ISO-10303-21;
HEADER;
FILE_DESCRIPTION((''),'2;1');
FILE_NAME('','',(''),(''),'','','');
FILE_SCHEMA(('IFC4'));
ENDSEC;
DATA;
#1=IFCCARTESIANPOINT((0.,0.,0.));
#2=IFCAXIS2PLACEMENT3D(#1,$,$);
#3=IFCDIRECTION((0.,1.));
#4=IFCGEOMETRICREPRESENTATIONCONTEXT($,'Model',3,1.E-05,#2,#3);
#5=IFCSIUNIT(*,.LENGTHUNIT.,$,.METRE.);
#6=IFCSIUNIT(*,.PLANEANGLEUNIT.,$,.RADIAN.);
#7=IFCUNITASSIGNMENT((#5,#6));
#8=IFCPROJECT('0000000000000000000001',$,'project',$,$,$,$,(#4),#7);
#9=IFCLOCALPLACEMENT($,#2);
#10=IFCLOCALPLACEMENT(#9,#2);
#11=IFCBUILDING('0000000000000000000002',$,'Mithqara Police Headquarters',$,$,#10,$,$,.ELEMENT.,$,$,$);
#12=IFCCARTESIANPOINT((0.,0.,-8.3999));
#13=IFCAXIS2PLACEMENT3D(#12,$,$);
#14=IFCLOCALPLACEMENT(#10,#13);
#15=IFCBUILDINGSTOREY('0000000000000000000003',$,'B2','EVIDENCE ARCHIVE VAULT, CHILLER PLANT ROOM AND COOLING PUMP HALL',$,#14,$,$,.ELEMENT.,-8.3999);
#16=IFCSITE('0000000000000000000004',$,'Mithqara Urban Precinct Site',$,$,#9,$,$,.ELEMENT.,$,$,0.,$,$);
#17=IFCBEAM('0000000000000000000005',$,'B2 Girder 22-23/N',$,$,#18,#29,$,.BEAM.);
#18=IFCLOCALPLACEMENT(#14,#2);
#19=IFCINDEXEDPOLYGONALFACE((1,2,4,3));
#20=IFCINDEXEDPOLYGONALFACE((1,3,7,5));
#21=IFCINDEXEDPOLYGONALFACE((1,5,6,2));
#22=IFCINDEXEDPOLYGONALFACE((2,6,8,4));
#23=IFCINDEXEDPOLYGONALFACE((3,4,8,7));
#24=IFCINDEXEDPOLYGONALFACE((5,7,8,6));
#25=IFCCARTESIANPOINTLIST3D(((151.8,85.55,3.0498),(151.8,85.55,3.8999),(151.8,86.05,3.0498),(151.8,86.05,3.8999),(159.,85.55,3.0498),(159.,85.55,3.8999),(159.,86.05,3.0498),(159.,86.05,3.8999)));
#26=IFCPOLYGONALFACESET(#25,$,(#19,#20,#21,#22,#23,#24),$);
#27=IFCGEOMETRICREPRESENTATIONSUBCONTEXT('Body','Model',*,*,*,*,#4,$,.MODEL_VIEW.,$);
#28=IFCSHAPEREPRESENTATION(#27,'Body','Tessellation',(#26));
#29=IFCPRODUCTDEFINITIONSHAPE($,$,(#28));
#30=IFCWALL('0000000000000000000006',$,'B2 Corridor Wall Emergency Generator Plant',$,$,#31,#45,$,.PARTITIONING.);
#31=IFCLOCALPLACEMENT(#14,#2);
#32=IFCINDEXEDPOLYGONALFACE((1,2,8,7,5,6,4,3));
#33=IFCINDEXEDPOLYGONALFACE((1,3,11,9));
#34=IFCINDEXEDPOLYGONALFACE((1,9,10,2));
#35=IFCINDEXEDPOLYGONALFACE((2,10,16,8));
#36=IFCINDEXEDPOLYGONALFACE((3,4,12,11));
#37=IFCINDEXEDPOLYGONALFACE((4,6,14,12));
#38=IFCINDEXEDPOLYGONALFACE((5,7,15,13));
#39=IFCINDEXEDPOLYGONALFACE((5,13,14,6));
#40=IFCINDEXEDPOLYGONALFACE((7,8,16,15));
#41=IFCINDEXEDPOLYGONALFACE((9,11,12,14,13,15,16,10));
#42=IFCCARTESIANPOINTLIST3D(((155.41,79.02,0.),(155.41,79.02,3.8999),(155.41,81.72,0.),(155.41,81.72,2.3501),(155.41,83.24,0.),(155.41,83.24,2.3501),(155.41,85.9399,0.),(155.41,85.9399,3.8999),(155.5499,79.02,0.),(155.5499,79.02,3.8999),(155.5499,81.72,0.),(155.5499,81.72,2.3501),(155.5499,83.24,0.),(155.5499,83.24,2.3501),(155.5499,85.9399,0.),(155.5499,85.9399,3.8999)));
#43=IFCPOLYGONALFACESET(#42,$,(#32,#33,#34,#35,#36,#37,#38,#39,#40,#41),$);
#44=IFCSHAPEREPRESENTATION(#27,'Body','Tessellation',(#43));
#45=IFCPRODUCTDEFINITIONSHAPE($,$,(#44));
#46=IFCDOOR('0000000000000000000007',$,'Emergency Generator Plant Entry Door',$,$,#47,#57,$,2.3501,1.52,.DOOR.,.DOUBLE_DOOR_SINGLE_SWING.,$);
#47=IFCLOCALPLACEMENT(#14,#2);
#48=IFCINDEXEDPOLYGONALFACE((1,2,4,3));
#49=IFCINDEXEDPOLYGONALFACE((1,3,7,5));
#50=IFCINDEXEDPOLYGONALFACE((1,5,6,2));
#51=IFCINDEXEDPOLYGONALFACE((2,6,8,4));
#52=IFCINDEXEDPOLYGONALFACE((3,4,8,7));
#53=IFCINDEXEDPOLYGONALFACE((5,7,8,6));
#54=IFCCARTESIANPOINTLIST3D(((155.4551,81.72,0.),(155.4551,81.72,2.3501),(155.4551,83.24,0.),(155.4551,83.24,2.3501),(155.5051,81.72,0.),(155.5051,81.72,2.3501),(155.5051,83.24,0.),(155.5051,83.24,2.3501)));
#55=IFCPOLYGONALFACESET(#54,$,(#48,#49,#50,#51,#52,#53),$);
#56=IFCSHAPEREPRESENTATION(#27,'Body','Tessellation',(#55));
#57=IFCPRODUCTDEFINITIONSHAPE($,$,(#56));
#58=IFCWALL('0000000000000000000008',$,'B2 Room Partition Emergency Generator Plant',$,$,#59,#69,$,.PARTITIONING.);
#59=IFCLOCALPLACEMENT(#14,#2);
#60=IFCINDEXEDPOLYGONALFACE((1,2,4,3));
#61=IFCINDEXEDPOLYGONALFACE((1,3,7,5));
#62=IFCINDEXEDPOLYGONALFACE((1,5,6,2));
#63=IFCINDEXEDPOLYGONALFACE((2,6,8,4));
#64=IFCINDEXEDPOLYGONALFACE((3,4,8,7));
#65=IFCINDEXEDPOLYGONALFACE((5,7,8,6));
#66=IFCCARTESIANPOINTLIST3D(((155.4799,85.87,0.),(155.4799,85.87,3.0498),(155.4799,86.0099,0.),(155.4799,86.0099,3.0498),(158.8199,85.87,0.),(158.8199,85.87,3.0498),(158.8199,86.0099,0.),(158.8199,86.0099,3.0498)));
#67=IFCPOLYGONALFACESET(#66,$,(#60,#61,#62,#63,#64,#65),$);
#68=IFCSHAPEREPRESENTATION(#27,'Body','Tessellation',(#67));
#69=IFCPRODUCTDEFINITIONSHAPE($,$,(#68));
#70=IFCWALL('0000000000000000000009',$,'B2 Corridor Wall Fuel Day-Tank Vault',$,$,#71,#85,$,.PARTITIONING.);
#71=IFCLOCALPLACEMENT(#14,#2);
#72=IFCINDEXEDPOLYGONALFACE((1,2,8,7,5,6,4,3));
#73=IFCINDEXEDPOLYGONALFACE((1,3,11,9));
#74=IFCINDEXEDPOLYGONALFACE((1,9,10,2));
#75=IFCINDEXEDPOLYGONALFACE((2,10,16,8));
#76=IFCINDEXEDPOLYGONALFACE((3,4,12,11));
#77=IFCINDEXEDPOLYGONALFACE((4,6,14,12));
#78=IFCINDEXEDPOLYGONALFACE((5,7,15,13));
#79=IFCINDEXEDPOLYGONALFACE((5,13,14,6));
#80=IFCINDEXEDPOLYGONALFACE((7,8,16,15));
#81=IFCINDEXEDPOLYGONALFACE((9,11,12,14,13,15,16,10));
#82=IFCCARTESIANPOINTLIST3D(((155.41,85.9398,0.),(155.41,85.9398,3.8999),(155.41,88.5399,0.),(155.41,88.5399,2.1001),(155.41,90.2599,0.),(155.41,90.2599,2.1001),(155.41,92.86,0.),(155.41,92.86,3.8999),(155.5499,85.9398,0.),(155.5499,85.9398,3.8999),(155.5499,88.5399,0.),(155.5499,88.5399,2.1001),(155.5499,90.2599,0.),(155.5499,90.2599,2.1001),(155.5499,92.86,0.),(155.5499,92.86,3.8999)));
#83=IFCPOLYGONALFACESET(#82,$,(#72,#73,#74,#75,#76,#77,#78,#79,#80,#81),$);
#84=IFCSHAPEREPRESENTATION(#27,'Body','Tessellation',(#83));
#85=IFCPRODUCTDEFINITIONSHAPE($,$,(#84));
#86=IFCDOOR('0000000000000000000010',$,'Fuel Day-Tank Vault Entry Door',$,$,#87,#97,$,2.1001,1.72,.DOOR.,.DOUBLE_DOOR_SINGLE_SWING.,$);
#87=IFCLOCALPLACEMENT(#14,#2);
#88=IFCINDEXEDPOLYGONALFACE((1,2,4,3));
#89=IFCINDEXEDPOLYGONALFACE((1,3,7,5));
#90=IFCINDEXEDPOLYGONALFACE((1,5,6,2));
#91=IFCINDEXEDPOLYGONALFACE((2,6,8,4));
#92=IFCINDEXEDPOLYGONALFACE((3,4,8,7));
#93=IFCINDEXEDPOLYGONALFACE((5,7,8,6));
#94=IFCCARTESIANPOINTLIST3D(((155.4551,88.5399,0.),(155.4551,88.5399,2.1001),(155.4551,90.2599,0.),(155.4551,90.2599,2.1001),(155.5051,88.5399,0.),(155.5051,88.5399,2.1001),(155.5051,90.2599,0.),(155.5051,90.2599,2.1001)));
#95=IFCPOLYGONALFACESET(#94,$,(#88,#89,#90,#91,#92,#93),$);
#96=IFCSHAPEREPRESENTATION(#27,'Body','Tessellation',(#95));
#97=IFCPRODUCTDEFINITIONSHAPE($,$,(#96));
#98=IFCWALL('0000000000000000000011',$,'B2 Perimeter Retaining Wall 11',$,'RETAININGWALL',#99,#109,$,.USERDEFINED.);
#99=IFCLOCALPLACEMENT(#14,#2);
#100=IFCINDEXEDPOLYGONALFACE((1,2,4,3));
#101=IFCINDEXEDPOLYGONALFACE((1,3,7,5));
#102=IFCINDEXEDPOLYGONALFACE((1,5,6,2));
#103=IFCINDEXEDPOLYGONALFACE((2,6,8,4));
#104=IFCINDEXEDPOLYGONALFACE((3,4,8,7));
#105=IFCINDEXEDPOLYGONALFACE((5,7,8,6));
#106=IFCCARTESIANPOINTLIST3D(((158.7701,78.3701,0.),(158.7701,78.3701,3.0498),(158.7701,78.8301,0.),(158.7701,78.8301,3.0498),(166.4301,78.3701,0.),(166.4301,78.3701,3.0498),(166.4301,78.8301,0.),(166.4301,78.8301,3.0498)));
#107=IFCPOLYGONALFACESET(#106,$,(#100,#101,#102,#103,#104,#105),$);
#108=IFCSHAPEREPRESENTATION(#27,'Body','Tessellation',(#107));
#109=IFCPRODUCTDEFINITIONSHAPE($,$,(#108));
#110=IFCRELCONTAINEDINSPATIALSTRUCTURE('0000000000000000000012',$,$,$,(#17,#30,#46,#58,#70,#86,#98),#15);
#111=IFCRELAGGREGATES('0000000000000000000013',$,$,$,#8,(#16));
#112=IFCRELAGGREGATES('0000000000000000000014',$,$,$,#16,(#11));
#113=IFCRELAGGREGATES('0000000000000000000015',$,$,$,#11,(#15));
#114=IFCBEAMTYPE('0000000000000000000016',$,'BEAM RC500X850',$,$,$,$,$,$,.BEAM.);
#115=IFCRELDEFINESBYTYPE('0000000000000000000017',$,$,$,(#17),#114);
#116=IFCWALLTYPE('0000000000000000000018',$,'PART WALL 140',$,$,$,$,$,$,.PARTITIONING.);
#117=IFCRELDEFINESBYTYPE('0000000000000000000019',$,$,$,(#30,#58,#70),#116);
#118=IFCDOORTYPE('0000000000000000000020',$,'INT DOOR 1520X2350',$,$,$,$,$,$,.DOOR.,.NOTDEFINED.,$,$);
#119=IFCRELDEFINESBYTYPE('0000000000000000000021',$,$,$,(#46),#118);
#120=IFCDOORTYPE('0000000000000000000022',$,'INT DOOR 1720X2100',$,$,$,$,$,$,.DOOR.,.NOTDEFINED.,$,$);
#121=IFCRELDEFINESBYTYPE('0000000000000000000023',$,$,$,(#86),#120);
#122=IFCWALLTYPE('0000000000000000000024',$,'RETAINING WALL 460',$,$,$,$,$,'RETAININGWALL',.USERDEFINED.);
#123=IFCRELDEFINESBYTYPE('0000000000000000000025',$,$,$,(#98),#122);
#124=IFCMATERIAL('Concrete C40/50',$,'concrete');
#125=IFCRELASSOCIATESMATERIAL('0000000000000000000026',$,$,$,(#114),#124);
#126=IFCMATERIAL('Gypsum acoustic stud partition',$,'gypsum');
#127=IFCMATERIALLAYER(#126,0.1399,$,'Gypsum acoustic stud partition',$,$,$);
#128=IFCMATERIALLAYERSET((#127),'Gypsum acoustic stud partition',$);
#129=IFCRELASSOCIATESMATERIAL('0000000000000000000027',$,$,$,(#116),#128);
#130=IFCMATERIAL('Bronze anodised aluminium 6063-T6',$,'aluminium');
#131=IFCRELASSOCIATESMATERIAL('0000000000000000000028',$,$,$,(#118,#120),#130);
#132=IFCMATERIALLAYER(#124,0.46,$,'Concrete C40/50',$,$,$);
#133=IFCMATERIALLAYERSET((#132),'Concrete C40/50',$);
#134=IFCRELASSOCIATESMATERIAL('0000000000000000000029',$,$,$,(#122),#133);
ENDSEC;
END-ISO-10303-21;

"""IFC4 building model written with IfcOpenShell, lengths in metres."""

from ifc_helpers import new_model, si_unit, direction, frame, frame_2d, origin, origin_2d, place, context, subcontext, project, spatial, rectangle, extrude, material, layer, layer_set, material_profile, profile_set, type_object, element, fill, save


model = new_model("IFC4")

# Units and contexts
model_context = context("Model", 3, precision=1e-05, world=origin(), true_north=direction((0.0, 1.0)))
body_context = subcontext(model_context, "Body", "Model", "MODEL_VIEW")
ifc_project = project(units=[si_unit("LENGTHUNIT", "METRE"), si_unit("PLANEANGLEUNIT", "RADIAN")], contexts=[model_context])

# Site, building, storey
site_placement = place(None, origin())
site = spatial("IfcSite", under=ifc_project, at=site_placement, Name="Mithqara Urban Precinct Site", CompositionType="ELEMENT", RefElevation=0.0)
building_placement = place(site_placement, origin())
building = spatial("IfcBuilding", under=site, at=building_placement, Name="Mithqara Police Headquarters", CompositionType="ELEMENT")
storey_placement = place(building_placement, frame((0.0, 0.0, -8.3999)))
storey = spatial("IfcBuildingStorey", under=building, at=storey_placement, Name="B2", Description="EVIDENCE ARCHIVE VAULT, CHILLER PLANT ROOM AND COOLING PUMP HALL", CompositionType="ELEMENT", Elevation=-8.3999)

# Shared definitions
ifc_material_1 = material(Name="Concrete C40/50", Category="concrete")

# Beam
ifc_material_profile_1 = material_profile(ifc_material_1, rectangle(XDim=0.5, YDim=0.8501, at=origin_2d()), Name="RC 500x850")
ifc_profile_set_1 = profile_set([ifc_material_profile_1], Name="Concrete C40/50")
beam_type_1 = type_object("IfcBeamType", Name="BEAM RC500X850", PredefinedType="BEAM", material=ifc_profile_set_1)
beam_1_placement = place(storey_placement, frame((151.8, 85.8, 3.4749), z_axis=(1.0, 0.0, 0.0), x_axis=(0.0, 1.0, 0.0)))
element("IfcBeam", 1, at=beam_1_placement, inside=storey, type_object=beam_type_1, Name="B2 Girder 22-23/N", PredefinedType="BEAM", context=body_context, shape_type="SweptSolid", body=[
    extrude(rectangle(XDim=0.5, YDim=0.8501, at=origin_2d()), origin(), (0.0, 0.0, 1.0), 7.2),
])

# Wall, opening, door
ifc_material_2 = material(Name="Gypsum acoustic stud partition", Category="gypsum")
ifc_layer_1 = layer(ifc_material_2, 0.1399, Name="Gypsum acoustic stud partition")
ifc_layer_set_1 = layer_set([ifc_layer_1], Name="Gypsum acoustic stud partition")
wall_type_1 = type_object("IfcWallType", Name="PART WALL 140", PredefinedType="PARTITIONING", material=ifc_layer_set_1)
wall_1_placement = place(storey_placement, frame((155.48, 79.02, 0.0), z_axis=(0.0, 0.0, 1.0), x_axis=(0.0, 1.0, 0.0)))
wall_1 = element("IfcWall", 2, at=wall_1_placement, inside=storey, type_object=wall_type_1, Name="B2 Corridor Wall Emergency Generator Plant", PredefinedType="PARTITIONING", context=body_context, shape_type="SweptSolid", body=[
    extrude(rectangle(XDim=6.9199, YDim=0.1399, at=frame_2d((3.46, 0.0))), origin(), (0.0, 0.0, 1.0), 3.8999),
])
opening_1_placement = place(wall_1_placement, frame((2.7, 0.0, 0.0)))
opening_1 = element("IfcOpeningElement", 3, at=opening_1_placement, cuts=wall_1, PredefinedType="OPENING", context=body_context, shape_type="SweptSolid", body=[
    extrude(rectangle(XDim=1.52, YDim=2.3501, at=frame_2d((0.76, 1.175))), frame((0.0, 0.0801, 0.0), z_axis=(0.0, -1.0, 0.0), x_axis=(1.0, 0.0, 0.0)), (0.0, 0.0, 1.0), 0.1599),
])
ifc_material_3 = material(Name="Bronze anodised aluminium 6063-T6", Category="aluminium")
door_type_1 = type_object("IfcDoorType", Name="INT DOOR 1520X2350", OperationType="NOTDEFINED", PredefinedType="DOOR", material=ifc_material_3)
door_1_placement = place(opening_1_placement, origin())
door_1 = element("IfcDoor", 4, at=door_1_placement, inside=storey, type_object=door_type_1, Name="Emergency Generator Plant Entry Door", OperationType="DOUBLE_DOOR_SINGLE_SWING", OverallHeight=2.3501, OverallWidth=1.52, PredefinedType="DOOR", context=body_context, shape_type="SweptSolid", body=[
    extrude(rectangle(XDim=1.52, YDim=2.3501, at=frame_2d((0.76, 1.175))), frame((0.0, 0.0249, 0.0), z_axis=(0.0, -1.0, 0.0), x_axis=(1.0, 0.0, 0.0)), (0.0, 0.0, 1.0), 0.05),
])
fill(opening_1, door_1)

# Wall
wall_2_placement = place(storey_placement, frame((155.48, 85.9399, 0.0), z_axis=(0.0, 0.0, 1.0), x_axis=(1.0, 0.0, 0.0)))
element("IfcWall", 5, at=wall_2_placement, inside=storey, type_object=wall_type_1, Name="B2 Room Partition Emergency Generator Plant", PredefinedType="PARTITIONING", context=body_context, shape_type="SweptSolid", body=[
    extrude(rectangle(XDim=3.3401, YDim=0.1399, at=frame_2d((1.6699, 0.0))), origin(), (0.0, 0.0, 1.0), 3.0498),
])

# Wall, opening, door
wall_3_placement = place(storey_placement, frame((155.48, 85.9399, 0.0), z_axis=(0.0, 0.0, 1.0), x_axis=(0.0, 1.0, 0.0)))
wall_3 = element("IfcWall", 6, at=wall_3_placement, inside=storey, type_object=wall_type_1, Name="B2 Corridor Wall Fuel Day-Tank Vault", PredefinedType="PARTITIONING", context=body_context, shape_type="SweptSolid", body=[
    extrude(rectangle(XDim=6.9202, YDim=0.1399, at=frame_2d((3.46, 0.0))), origin(), (0.0, 0.0, 1.0), 3.8999),
])
opening_2_placement = place(wall_3_placement, frame((2.6001, 0.0, 0.0)))
opening_2 = element("IfcOpeningElement", 7, at=opening_2_placement, cuts=wall_3, PredefinedType="OPENING", context=body_context, shape_type="SweptSolid", body=[
    extrude(rectangle(XDim=1.72, YDim=2.1001, at=frame_2d((0.8599, 1.05))), frame((0.0, 0.0801, 0.0), z_axis=(0.0, -1.0, 0.0), x_axis=(1.0, 0.0, 0.0)), (0.0, 0.0, 1.0), 0.1599),
])
door_type_2 = type_object("IfcDoorType", Name="INT DOOR 1720X2100", OperationType="NOTDEFINED", PredefinedType="DOOR", material=ifc_material_3)
door_2_placement = place(opening_2_placement, origin())
door_2 = element("IfcDoor", 8, at=door_2_placement, inside=storey, type_object=door_type_2, Name="Fuel Day-Tank Vault Entry Door", OperationType="DOUBLE_DOOR_SINGLE_SWING", OverallHeight=2.1001, OverallWidth=1.72, PredefinedType="DOOR", context=body_context, shape_type="SweptSolid", body=[
    extrude(rectangle(XDim=1.72, YDim=2.1001, at=frame_2d((0.8599, 1.05))), frame((0.0, 0.0249, 0.0), z_axis=(0.0, -1.0, 0.0), x_axis=(1.0, 0.0, 0.0)), (0.0, 0.0, 1.0), 0.05),
])
fill(opening_2, door_2)

# Wall
ifc_layer_2 = layer(ifc_material_1, 0.46, Name="Concrete C40/50")
ifc_layer_set_2 = layer_set([ifc_layer_2], Name="Concrete C40/50")
wall_type_2 = type_object("IfcWallType", Name="RETAINING WALL 460", ElementType="RETAININGWALL", PredefinedType="USERDEFINED", material=ifc_layer_set_2)
wall_4_placement = place(storey_placement, frame((158.77, 78.6001, 0.0), z_axis=(0.0, 0.0, 1.0), x_axis=(1.0, 0.0, 0.0)))
element("IfcWall", 9, at=wall_4_placement, inside=storey, type_object=wall_type_2, Name="B2 Perimeter Retaining Wall 11", ObjectType="RETAININGWALL", PredefinedType="USERDEFINED", context=body_context, shape_type="SweptSolid", body=[
    extrude(rectangle(XDim=7.6599, YDim=0.46, at=frame_2d((3.8301, 0.0))), origin(), (0.0, 0.0, 1.0), 3.0498),
])

save(model, "model.ifc")
